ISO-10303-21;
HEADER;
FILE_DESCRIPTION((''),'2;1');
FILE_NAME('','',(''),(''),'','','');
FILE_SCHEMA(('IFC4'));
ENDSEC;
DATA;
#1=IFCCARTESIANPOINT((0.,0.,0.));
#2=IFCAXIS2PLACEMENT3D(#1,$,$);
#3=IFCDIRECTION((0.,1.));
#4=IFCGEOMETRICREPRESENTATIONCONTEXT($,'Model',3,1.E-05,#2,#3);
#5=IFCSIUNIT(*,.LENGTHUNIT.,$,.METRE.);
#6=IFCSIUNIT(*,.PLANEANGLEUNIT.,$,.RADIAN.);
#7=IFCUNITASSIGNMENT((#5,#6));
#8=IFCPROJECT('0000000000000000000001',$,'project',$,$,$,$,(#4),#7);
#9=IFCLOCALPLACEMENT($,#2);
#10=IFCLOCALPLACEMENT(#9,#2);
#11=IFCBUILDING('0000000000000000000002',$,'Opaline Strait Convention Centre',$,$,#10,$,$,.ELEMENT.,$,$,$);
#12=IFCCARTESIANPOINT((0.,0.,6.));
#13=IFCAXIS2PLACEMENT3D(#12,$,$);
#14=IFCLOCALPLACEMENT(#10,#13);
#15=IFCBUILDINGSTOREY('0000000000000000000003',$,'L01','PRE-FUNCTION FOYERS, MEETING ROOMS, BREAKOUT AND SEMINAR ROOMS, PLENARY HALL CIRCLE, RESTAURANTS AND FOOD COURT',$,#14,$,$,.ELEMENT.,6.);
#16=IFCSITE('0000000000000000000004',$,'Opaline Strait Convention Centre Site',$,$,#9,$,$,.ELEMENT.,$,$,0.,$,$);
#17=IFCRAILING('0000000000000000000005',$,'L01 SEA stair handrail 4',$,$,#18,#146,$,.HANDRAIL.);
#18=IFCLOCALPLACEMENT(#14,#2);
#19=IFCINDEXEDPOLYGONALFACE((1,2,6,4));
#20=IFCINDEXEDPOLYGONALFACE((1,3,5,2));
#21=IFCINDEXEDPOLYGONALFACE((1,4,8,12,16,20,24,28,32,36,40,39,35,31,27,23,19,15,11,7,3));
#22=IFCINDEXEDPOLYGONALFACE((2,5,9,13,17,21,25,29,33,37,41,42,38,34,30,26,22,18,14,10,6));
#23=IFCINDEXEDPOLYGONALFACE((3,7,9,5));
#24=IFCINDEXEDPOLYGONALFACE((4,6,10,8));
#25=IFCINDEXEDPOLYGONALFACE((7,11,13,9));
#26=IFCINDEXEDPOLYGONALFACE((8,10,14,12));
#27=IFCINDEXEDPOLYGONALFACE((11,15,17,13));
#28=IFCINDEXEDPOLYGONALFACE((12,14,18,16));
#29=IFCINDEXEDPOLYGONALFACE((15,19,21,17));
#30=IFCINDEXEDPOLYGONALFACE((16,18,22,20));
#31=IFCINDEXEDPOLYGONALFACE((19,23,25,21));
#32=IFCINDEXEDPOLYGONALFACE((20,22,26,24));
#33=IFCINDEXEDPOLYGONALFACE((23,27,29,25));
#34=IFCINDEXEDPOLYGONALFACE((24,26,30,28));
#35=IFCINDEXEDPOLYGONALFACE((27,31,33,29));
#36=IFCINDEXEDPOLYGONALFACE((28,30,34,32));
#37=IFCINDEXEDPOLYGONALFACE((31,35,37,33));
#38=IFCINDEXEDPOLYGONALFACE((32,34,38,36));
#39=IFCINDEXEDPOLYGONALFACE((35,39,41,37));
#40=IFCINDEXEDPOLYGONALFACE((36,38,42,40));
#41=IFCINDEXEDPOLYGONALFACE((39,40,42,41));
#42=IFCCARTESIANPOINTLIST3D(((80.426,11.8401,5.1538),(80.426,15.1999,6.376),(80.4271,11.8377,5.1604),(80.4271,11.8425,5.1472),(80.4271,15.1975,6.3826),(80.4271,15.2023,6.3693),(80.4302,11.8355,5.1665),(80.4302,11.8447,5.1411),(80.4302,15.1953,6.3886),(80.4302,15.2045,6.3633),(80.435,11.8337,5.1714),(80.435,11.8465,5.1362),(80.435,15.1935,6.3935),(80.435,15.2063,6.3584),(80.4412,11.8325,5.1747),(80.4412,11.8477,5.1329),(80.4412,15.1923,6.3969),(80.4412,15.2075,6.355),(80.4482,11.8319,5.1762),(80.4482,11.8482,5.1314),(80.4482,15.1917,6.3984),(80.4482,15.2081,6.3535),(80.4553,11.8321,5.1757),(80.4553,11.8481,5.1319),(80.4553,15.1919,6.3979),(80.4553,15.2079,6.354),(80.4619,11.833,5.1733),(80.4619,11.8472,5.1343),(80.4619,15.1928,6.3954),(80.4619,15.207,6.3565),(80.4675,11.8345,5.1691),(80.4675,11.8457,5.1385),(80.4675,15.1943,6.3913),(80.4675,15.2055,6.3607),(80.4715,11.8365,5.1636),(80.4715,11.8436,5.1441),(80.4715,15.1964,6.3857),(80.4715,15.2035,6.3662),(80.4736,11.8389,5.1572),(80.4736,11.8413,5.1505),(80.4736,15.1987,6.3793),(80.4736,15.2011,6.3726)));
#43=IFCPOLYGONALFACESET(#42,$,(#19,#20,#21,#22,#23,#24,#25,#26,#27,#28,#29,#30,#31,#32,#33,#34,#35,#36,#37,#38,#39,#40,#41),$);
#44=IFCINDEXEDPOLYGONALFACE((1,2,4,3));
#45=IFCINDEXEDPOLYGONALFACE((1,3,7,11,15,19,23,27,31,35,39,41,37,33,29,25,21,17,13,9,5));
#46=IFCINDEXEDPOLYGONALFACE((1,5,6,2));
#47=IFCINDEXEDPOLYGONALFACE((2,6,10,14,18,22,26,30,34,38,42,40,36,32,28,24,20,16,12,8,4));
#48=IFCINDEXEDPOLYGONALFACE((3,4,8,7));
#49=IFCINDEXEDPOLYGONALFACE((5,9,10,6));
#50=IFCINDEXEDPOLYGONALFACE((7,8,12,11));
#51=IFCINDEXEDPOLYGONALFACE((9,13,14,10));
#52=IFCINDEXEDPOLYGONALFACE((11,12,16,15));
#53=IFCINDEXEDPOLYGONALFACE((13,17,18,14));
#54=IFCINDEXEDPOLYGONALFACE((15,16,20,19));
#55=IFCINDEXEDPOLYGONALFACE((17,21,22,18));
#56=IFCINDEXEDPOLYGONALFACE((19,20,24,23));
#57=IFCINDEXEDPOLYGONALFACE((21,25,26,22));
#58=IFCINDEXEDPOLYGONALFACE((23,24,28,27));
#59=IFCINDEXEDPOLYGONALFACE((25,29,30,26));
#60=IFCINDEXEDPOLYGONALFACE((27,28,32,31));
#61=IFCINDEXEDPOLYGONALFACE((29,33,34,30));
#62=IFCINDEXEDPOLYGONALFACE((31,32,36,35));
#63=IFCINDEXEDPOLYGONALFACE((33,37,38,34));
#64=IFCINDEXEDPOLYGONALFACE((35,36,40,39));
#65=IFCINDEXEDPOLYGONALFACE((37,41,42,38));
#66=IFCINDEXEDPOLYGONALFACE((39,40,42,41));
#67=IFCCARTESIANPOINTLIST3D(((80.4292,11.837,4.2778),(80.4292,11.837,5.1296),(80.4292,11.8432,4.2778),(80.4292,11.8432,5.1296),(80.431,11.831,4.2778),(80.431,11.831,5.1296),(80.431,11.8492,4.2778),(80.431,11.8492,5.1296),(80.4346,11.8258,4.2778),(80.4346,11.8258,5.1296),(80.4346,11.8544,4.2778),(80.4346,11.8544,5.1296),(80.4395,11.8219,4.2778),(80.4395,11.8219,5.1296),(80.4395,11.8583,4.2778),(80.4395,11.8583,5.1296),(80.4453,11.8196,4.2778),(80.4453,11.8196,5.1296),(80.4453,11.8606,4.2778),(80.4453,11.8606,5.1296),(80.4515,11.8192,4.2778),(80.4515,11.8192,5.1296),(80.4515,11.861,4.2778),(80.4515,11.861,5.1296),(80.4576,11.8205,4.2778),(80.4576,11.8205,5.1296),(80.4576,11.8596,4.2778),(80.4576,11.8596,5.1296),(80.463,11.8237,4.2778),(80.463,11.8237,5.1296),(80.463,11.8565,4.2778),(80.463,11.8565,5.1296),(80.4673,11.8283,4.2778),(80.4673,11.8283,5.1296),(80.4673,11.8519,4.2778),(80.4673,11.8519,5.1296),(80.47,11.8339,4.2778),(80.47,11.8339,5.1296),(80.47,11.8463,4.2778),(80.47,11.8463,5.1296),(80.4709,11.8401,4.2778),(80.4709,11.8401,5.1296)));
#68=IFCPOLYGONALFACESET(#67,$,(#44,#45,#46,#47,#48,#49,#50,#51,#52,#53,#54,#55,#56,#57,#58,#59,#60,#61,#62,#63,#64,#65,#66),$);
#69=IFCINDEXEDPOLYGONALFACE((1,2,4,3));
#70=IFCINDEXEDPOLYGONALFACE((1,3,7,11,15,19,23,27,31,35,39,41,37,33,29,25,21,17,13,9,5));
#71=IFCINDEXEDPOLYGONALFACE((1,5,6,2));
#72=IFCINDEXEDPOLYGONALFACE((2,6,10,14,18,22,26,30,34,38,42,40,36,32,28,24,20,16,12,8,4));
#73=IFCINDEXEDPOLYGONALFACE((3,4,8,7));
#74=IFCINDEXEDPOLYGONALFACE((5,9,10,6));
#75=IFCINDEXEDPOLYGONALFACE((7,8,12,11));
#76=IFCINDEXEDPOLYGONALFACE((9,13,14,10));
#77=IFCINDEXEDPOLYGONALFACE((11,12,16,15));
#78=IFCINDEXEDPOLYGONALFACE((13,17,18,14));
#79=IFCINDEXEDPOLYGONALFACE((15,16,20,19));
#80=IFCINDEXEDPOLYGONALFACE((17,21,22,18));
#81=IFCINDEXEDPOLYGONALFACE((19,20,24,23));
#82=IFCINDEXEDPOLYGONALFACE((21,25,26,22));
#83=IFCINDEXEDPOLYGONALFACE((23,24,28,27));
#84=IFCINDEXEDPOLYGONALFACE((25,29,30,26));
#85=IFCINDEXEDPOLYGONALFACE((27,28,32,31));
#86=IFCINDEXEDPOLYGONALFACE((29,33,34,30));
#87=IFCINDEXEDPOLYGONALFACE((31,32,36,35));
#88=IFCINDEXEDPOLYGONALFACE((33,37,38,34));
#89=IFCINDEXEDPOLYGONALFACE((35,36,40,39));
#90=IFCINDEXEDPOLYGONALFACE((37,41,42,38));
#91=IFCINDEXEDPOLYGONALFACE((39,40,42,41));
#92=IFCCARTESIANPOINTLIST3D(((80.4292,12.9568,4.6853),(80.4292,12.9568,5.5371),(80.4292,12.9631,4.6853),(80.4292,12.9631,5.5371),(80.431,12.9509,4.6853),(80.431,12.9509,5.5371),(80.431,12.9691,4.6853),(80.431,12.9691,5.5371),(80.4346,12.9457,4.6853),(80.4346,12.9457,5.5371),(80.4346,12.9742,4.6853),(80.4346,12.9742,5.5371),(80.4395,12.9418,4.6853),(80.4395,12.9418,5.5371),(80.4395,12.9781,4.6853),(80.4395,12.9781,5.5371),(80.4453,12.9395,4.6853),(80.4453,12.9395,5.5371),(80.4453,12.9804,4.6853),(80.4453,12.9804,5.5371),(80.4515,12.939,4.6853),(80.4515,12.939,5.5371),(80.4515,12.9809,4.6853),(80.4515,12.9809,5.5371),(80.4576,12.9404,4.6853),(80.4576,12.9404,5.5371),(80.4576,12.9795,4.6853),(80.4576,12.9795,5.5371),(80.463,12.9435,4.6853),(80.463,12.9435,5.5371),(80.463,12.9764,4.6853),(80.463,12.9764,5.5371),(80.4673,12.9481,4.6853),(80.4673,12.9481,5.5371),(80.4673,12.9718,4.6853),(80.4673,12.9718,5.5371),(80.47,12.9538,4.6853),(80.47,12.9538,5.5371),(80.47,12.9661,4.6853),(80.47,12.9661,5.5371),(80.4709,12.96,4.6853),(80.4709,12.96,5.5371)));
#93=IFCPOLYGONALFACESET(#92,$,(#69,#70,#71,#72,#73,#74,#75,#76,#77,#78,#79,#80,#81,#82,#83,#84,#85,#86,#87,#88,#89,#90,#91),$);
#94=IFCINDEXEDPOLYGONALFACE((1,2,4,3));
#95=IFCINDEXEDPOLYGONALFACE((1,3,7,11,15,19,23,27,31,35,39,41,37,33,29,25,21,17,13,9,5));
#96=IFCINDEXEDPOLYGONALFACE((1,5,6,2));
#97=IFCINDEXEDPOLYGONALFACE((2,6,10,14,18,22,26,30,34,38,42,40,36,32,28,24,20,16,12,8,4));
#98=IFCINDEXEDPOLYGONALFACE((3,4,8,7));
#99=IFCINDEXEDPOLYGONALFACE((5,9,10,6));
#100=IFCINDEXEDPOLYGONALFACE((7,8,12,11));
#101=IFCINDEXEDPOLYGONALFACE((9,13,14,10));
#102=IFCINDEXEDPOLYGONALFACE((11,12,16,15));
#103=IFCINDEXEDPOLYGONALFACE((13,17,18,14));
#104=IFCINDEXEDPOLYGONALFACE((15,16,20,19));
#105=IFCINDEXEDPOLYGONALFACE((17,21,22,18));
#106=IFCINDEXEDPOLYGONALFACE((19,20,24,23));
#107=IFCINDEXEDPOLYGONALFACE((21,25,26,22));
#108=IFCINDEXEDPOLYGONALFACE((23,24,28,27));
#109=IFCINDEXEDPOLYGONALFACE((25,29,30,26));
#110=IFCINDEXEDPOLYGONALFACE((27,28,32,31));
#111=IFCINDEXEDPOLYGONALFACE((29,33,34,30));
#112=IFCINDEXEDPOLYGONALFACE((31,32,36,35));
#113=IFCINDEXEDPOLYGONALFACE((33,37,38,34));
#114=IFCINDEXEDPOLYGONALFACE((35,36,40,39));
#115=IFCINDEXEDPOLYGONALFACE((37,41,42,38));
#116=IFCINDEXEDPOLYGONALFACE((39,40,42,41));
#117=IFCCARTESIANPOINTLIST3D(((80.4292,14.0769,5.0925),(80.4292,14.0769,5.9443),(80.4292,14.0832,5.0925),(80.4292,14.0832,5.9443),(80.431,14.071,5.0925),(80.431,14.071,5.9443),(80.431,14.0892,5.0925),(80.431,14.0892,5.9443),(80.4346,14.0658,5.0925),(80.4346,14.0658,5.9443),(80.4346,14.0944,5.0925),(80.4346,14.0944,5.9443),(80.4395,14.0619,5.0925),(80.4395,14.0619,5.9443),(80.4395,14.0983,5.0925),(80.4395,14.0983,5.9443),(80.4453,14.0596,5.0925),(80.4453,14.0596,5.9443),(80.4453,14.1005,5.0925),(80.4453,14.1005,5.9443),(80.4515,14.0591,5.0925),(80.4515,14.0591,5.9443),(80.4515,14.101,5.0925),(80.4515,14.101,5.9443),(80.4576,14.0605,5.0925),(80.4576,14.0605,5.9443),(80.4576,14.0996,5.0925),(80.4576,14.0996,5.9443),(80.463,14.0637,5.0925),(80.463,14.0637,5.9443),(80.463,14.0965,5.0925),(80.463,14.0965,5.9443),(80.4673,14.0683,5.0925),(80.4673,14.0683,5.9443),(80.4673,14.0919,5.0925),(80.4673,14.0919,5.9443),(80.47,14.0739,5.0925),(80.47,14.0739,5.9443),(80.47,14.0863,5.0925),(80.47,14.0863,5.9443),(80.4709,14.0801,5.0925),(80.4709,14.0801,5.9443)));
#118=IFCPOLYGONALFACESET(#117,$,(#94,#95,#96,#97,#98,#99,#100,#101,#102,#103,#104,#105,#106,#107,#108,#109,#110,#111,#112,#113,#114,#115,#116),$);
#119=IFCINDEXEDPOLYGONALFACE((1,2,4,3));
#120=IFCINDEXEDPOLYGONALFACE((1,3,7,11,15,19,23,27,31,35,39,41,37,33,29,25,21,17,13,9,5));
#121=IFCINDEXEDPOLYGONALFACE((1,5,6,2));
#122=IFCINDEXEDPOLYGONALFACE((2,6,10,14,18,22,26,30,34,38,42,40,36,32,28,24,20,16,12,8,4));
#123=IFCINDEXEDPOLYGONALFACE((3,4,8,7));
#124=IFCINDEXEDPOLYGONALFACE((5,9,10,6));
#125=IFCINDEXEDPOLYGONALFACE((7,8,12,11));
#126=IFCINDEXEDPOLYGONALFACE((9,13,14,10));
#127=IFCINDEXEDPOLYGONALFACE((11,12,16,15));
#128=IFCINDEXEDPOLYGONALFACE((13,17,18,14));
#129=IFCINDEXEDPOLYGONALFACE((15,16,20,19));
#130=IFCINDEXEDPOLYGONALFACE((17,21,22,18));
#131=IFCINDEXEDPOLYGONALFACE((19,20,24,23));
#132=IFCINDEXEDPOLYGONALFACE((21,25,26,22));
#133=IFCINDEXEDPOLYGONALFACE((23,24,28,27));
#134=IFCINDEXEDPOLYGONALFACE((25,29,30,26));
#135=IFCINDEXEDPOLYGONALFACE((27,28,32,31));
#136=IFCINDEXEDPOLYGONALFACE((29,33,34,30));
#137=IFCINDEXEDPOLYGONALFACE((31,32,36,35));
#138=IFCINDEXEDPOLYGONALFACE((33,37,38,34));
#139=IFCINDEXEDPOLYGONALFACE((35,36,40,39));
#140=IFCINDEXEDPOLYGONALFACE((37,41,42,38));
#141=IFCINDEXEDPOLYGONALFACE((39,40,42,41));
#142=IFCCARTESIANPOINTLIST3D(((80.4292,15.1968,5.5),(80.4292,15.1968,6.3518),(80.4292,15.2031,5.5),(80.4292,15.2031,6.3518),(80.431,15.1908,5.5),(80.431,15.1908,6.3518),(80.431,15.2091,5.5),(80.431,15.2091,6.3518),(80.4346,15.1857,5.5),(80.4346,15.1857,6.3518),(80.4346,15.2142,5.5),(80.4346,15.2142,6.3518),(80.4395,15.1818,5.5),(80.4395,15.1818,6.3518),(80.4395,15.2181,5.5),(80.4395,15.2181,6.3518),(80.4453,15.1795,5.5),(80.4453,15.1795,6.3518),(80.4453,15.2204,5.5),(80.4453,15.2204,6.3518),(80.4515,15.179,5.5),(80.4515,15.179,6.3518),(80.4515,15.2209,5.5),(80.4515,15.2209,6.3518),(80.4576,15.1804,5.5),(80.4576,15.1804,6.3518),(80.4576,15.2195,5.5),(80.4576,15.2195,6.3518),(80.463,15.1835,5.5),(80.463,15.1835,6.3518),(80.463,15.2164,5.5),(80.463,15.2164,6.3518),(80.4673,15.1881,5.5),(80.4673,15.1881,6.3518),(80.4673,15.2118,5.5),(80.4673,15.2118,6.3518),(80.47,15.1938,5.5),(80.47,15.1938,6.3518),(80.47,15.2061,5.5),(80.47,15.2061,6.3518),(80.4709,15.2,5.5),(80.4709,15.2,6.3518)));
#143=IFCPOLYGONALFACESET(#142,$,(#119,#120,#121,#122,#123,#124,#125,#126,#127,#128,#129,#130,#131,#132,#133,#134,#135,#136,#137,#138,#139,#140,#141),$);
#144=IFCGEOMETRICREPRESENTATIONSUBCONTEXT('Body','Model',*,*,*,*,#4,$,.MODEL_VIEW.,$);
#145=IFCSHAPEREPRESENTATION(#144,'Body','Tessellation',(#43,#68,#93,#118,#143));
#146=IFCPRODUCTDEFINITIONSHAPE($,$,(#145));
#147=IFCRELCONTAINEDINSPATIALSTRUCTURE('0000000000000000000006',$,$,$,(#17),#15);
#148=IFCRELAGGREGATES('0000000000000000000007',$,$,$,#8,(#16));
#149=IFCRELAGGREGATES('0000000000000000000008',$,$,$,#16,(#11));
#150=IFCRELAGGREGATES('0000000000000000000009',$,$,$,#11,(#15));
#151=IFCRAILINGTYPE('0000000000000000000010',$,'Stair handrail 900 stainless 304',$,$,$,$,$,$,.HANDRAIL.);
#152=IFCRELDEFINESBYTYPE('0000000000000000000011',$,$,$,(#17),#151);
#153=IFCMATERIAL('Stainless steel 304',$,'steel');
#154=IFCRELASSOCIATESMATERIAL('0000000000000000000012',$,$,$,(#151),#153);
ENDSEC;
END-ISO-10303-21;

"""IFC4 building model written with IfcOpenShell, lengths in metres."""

from ifc_helpers import new_model, si_unit, direction, frame, origin, origin_2d, place, context, subcontext, project, spatial, circle, extrude, material, type_object, element, save


model = new_model("IFC4")

# Units and contexts
model_context = context("Model", 3, precision=1e-05, world=origin(), true_north=direction((0.0, 1.0)))
body_context = subcontext(model_context, "Body", "Model", "MODEL_VIEW")
ifc_project = project(units=[si_unit("LENGTHUNIT", "METRE"), si_unit("PLANEANGLEUNIT", "RADIAN")], contexts=[model_context])

# Site, building, storey
site_placement = place(None, origin())
site = spatial("IfcSite", under=ifc_project, at=site_placement, Name="Opaline Strait Convention Centre Site", CompositionType="ELEMENT", RefElevation=0.0)
building_placement = place(site_placement, origin())
building = spatial("IfcBuilding", under=site, at=building_placement, Name="Opaline Strait Convention Centre", CompositionType="ELEMENT")
storey_placement = place(building_placement, frame((0.0, 0.0, 6.0)))
storey = spatial("IfcBuildingStorey", under=building, at=storey_placement, Name="L01", Description="PRE-FUNCTION FOYERS, MEETING ROOMS, BREAKOUT AND SEMINAR ROOMS, PLENARY HALL CIRCLE, RESTAURANTS AND FOOD COURT", CompositionType="ELEMENT", Elevation=6.0)

# Railing
ifc_material_1 = material(Name="Stainless steel 304", Category="steel")
railing_type_1 = type_object("IfcRailingType", Name="Stair handrail 900 stainless 304", PredefinedType="HANDRAIL", material=ifc_material_1)
railing_1_placement = place(storey_placement, frame((80.45, 11.8401, 4.2778)))
element("IfcRailing", 1, at=railing_1_placement, inside=storey, type_object=railing_type_1, Name="L01 SEA stair handrail 4", PredefinedType="HANDRAIL", context=body_context, shape_type="SweptSolid", body=[
    extrude(circle(Radius=0.0239, at=origin_2d()), frame((0.0, 0.0, 0.876), z_axis=(0.0, 0.939758, 0.341842), x_axis=(-1.0, 0.0, 0.0)), (0.0, 0.0, 1.0), 3.5752),
    extrude(circle(Radius=0.021, at=origin_2d()), origin(), (0.0, 0.0, 1.0), 0.8518),
    extrude(circle(Radius=0.021, at=origin_2d()), frame((0.0, 1.1199, 0.4075)), (0.0, 0.0, 1.0), 0.8518),
    extrude(circle(Radius=0.021, at=origin_2d()), frame((0.0, 2.24, 0.8147)), (0.0, 0.0, 1.0), 0.8518),
    extrude(circle(Radius=0.021, at=origin_2d()), frame((0.0, 3.3599, 1.2222)), (0.0, 0.0, 1.0), 0.8518),
])

save(model, "model.ifc")
